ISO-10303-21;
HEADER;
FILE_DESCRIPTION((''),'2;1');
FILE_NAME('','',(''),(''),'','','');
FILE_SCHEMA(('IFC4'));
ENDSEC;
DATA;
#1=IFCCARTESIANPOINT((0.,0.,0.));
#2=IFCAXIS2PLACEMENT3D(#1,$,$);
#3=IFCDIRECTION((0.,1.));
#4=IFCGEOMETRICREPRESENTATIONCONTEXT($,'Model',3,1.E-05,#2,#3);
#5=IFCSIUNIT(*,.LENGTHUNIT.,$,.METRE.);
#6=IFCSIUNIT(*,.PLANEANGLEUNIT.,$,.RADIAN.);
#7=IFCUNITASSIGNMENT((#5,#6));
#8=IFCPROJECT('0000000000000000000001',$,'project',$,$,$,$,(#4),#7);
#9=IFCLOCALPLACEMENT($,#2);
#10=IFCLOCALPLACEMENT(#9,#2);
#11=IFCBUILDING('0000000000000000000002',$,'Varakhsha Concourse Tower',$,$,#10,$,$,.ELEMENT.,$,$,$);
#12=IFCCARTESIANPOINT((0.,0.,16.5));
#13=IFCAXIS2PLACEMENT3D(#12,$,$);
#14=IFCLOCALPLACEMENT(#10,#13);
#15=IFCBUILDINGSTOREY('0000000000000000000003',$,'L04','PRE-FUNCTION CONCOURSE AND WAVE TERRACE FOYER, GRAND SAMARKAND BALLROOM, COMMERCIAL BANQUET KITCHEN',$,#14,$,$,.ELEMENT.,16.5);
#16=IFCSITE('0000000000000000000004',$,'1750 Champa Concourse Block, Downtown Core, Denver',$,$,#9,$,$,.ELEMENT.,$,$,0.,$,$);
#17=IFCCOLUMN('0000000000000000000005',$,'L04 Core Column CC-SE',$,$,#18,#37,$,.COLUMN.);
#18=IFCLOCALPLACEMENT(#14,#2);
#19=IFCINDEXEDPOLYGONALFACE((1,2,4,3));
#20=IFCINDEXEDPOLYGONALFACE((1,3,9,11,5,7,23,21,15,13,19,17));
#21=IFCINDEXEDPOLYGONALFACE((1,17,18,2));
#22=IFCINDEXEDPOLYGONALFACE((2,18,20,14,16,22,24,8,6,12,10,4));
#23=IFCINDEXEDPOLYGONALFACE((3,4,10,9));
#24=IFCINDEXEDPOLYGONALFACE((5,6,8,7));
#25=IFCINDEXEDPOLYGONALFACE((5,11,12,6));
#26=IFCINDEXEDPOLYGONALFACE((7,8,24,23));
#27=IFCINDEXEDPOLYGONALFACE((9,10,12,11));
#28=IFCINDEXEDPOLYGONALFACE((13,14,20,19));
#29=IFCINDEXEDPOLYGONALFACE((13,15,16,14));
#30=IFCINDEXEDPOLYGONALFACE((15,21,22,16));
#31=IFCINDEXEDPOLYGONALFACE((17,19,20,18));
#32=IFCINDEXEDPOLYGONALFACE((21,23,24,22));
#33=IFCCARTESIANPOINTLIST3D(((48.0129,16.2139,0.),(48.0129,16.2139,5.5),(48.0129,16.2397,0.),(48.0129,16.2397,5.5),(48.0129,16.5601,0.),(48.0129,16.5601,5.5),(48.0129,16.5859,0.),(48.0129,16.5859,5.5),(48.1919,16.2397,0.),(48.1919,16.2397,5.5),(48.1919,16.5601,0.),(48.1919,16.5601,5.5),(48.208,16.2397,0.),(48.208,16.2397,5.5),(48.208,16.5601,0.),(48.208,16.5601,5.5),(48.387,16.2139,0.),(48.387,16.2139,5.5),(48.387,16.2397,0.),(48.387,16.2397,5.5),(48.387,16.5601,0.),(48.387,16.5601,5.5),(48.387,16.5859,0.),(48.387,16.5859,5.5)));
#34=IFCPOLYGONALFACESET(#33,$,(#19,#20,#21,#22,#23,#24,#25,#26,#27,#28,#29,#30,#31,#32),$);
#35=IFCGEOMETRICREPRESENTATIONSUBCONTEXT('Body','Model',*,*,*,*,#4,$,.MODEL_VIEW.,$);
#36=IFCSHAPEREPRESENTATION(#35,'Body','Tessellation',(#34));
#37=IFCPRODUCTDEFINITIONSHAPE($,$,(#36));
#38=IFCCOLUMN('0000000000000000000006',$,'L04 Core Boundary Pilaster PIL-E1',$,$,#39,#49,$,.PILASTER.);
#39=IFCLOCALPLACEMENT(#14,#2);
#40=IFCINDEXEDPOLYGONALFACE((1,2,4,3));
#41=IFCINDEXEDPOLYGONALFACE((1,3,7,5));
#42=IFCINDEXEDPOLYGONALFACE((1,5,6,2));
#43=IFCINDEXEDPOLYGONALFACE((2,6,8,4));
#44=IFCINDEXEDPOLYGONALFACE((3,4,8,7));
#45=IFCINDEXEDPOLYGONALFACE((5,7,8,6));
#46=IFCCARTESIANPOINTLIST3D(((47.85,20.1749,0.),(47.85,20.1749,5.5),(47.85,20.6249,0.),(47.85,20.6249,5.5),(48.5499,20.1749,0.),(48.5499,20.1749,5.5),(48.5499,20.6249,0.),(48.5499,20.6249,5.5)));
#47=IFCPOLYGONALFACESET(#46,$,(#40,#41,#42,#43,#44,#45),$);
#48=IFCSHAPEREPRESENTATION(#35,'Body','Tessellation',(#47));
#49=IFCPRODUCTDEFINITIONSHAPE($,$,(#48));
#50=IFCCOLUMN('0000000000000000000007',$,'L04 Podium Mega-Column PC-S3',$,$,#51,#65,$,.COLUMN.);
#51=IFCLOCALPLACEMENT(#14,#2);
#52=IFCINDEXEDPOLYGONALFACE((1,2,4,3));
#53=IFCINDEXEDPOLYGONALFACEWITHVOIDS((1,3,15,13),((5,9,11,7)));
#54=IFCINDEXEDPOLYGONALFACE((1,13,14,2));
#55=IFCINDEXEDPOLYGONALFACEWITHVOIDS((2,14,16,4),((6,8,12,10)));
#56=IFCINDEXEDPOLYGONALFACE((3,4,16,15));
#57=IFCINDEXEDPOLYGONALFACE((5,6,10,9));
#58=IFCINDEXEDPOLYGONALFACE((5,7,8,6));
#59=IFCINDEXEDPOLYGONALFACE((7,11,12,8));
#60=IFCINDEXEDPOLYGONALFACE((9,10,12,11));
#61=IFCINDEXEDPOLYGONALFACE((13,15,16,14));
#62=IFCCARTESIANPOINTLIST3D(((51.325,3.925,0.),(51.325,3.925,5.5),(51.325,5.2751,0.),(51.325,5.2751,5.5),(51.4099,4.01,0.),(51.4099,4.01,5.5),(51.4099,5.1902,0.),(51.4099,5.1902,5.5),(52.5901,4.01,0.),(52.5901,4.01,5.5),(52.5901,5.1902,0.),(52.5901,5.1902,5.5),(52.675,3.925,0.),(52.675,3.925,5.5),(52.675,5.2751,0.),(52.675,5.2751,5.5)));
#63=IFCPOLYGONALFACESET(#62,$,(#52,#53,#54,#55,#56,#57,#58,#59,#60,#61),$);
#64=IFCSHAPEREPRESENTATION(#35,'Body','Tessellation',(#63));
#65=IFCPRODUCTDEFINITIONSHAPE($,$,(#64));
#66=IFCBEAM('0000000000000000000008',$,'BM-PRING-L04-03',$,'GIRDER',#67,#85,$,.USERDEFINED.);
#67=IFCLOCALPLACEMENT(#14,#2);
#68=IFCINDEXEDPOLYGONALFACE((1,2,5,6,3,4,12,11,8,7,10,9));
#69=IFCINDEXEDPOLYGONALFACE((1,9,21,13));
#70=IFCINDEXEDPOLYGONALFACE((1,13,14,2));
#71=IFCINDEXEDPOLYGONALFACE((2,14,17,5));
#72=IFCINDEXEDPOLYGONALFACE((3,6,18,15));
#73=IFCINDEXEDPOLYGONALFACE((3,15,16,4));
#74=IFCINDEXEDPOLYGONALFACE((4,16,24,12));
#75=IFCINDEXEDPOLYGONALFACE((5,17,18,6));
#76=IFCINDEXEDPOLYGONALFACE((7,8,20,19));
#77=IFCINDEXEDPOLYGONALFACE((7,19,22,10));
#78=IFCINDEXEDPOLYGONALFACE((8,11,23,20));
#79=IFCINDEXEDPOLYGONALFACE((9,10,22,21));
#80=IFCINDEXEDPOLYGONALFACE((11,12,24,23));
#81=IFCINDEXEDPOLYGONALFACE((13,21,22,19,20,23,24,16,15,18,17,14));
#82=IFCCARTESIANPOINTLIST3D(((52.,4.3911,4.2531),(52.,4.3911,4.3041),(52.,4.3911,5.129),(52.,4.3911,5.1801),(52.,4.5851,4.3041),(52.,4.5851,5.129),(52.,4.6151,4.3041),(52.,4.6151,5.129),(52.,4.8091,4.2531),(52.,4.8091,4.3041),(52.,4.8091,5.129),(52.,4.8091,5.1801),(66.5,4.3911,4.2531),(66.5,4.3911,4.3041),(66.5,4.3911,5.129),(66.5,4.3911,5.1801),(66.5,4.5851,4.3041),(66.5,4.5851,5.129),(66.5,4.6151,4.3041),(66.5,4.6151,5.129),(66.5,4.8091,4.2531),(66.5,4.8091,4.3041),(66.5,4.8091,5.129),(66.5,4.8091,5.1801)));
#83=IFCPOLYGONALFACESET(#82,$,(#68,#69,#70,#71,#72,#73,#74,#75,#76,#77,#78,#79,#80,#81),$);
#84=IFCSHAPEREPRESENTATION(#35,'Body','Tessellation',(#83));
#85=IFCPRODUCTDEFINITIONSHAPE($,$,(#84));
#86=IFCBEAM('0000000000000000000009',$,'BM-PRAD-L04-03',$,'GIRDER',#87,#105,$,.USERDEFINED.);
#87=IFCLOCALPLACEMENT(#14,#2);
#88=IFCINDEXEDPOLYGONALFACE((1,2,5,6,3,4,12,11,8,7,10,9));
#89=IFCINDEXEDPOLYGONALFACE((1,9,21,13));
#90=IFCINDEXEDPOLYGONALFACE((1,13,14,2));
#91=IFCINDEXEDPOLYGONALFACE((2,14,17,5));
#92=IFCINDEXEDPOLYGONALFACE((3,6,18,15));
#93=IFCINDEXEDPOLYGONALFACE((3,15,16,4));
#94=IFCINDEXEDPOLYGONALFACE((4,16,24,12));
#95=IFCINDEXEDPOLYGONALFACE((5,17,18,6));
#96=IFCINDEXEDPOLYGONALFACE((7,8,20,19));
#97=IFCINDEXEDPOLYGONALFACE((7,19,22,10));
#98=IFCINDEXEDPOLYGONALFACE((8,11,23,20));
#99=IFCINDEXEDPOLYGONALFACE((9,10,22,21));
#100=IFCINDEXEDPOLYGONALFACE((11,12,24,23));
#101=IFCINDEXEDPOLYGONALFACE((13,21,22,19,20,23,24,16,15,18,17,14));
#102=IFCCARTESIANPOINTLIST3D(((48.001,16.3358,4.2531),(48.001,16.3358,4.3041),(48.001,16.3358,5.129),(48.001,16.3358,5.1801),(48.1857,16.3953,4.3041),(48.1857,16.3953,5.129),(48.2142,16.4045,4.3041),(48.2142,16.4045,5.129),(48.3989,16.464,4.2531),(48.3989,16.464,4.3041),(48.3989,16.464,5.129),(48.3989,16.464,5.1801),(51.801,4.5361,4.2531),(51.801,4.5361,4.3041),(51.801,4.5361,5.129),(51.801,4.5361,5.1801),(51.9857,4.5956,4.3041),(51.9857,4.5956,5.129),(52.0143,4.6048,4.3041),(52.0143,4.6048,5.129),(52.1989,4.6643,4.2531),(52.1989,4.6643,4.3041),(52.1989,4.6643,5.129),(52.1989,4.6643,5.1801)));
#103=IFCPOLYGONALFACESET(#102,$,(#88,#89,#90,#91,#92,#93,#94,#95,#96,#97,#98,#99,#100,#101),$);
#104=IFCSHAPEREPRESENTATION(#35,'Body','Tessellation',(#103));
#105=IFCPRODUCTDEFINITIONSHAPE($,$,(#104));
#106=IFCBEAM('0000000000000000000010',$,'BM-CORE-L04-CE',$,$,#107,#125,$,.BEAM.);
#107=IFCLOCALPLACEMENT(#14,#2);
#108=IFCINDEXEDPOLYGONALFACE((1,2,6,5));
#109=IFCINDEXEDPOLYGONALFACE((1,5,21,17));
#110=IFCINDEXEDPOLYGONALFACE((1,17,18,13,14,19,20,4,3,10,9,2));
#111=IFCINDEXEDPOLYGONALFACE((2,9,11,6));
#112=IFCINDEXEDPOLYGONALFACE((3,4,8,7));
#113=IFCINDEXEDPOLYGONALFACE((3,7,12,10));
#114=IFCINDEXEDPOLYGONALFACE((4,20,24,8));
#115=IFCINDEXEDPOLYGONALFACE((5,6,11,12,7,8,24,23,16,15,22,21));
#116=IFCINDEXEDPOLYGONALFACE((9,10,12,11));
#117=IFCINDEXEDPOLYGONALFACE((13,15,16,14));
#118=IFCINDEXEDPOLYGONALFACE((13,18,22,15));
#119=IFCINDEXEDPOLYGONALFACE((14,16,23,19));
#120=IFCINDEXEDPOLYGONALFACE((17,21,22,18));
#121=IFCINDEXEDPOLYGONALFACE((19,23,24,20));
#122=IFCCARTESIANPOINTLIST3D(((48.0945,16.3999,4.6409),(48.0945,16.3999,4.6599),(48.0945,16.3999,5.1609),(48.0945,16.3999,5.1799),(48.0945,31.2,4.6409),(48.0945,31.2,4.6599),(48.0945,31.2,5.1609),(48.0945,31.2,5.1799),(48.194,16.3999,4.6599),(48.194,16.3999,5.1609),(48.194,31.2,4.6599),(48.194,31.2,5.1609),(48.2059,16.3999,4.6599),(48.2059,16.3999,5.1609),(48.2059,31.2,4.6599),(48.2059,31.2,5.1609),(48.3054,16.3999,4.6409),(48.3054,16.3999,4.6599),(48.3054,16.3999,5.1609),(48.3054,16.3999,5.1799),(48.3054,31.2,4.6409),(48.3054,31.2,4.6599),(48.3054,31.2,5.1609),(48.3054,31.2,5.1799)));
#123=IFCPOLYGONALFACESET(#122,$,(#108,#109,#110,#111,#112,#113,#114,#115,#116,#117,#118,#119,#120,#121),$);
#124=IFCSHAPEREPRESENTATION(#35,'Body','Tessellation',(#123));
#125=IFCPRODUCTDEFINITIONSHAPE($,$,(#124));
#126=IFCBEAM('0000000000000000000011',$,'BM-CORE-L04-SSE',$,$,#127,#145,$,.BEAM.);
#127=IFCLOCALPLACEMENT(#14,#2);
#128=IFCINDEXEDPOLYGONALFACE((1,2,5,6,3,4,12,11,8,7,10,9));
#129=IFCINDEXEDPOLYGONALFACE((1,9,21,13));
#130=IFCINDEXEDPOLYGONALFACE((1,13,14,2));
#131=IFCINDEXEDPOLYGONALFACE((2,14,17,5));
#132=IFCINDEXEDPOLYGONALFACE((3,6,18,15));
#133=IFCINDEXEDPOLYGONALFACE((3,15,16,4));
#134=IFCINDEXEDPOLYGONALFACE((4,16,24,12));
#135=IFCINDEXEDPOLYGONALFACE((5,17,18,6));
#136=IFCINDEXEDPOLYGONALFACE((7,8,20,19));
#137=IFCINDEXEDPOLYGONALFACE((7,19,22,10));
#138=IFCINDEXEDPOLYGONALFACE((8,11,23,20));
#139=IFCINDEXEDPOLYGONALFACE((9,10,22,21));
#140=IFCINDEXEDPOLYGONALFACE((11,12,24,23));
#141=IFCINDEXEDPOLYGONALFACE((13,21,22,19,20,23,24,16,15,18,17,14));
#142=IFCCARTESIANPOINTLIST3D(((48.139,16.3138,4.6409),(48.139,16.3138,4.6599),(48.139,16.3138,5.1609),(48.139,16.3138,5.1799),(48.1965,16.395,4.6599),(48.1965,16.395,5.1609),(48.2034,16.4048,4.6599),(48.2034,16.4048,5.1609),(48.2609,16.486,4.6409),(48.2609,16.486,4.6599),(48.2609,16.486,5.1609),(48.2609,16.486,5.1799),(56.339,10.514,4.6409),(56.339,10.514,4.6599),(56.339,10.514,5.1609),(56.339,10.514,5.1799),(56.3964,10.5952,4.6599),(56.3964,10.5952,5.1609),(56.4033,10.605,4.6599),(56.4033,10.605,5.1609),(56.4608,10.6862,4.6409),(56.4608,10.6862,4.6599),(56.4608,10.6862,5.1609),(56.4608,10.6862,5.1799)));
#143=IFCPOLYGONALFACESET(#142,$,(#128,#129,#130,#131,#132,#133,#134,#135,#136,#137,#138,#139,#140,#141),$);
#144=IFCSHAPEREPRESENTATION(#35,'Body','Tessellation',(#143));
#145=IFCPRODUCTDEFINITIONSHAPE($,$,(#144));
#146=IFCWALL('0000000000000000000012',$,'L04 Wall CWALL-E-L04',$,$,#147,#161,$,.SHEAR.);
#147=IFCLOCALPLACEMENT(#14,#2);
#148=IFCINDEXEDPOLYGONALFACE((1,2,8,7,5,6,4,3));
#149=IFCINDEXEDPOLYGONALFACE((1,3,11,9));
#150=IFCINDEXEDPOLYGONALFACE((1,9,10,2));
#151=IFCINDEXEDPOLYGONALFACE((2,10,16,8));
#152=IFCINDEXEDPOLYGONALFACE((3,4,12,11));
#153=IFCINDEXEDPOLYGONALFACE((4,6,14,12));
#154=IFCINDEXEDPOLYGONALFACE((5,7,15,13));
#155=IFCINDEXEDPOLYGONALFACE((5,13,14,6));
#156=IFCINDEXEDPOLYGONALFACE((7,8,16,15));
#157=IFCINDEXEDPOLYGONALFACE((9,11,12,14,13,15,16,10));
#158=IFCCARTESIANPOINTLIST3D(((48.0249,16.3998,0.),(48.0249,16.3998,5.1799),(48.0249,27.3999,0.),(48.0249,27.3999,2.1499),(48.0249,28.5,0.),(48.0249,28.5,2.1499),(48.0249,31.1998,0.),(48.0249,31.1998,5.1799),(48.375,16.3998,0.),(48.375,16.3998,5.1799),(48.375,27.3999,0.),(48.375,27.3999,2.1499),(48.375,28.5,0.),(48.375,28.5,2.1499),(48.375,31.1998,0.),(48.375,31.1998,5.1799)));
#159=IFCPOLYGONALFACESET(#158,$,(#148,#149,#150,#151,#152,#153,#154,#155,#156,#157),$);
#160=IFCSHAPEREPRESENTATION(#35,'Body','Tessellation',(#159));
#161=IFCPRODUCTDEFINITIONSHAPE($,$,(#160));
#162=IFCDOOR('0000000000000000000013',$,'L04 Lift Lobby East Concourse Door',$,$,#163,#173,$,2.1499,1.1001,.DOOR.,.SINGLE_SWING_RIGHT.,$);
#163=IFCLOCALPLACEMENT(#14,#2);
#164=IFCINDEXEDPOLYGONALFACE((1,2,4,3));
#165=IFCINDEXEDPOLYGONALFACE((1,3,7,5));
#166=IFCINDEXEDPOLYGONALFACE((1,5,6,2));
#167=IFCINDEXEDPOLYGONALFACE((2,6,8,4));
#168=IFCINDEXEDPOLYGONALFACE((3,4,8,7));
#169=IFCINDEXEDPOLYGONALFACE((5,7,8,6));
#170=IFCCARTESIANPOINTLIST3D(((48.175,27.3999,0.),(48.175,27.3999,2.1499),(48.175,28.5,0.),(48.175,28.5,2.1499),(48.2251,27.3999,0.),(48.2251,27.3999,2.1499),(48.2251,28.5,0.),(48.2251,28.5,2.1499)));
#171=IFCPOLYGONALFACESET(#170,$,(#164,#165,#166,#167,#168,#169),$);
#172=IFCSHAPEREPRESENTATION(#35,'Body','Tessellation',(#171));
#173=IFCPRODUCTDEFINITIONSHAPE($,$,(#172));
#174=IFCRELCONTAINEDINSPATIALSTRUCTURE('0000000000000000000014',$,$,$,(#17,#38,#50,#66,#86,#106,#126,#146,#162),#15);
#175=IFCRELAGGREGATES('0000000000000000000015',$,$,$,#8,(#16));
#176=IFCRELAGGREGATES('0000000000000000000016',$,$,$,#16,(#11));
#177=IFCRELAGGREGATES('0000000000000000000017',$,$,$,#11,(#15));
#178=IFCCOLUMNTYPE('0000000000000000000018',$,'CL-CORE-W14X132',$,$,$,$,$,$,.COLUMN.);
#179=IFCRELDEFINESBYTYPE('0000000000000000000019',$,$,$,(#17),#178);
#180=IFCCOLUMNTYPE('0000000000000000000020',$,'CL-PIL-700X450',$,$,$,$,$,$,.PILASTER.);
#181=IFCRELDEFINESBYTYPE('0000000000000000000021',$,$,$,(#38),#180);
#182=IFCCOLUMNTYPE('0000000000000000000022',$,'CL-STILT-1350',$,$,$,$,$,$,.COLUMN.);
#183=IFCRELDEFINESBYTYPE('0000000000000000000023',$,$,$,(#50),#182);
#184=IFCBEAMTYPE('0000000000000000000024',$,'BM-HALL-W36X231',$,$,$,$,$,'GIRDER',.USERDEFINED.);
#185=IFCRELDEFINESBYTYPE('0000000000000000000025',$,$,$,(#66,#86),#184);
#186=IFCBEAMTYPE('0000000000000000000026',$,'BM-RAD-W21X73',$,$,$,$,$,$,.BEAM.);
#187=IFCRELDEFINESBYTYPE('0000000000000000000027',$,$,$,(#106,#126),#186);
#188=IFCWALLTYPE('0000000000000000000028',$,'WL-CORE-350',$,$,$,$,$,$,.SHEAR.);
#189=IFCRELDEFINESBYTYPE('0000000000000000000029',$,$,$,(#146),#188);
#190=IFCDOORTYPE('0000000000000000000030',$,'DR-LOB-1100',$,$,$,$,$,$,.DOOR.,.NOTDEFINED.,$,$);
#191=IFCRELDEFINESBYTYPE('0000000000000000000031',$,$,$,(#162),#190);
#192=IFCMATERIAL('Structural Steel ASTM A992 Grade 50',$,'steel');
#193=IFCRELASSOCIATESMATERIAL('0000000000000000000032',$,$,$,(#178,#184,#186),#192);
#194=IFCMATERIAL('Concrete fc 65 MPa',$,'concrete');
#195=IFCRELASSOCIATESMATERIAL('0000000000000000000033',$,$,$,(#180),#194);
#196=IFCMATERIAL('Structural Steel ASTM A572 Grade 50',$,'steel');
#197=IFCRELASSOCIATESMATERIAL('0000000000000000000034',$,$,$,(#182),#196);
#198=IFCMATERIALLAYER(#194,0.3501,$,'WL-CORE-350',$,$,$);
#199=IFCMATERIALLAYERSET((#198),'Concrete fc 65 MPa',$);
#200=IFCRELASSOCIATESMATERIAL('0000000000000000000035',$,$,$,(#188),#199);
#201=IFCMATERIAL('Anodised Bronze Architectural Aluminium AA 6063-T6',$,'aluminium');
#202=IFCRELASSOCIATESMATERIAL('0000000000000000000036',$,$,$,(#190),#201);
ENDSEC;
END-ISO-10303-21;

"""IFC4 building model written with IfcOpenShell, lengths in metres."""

from ifc_helpers import new_model, si_unit, direction, frame, frame_2d, origin, origin_2d, place, context, subcontext, project, spatial, rectangle, hollow_rectangle, i_section, extrude, material, layer, layer_set, material_profile, profile_set, type_object, element, fill, save


model = new_model("IFC4")

# Units and contexts
model_context = context("Model", 3, precision=1e-05, world=origin(), true_north=direction((0.0, 1.0)))
body_context = subcontext(model_context, "Body", "Model", "MODEL_VIEW")
ifc_project = project(units=[si_unit("LENGTHUNIT", "METRE"), si_unit("PLANEANGLEUNIT", "RADIAN")], contexts=[model_context])

# Site, building, storey
site_placement = place(None, origin())
site = spatial("IfcSite", under=ifc_project, at=site_placement, Name="1750 Champa Concourse Block, Downtown Core, Denver", CompositionType="ELEMENT", RefElevation=0.0)
building_placement = place(site_placement, origin())
building = spatial("IfcBuilding", under=site, at=building_placement, Name="Varakhsha Concourse Tower", CompositionType="ELEMENT")
storey_placement = place(building_placement, frame((0.0, 0.0, 16.5)))
storey = spatial("IfcBuildingStorey", under=building, at=storey_placement, Name="L04", Description="PRE-FUNCTION CONCOURSE AND WAVE TERRACE FOYER, GRAND SAMARKAND BALLROOM, COMMERCIAL BANQUET KITCHEN", CompositionType="ELEMENT", Elevation=16.5)

# Columns
ifc_material_1 = material(Name="Structural Steel ASTM A992 Grade 50", Category="steel")
ifc_material_profile_1 = material_profile(ifc_material_1, i_section(OverallWidth=0.374, OverallDepth=0.3721, WebThickness=0.0161, FlangeThickness=0.0259, at=origin_2d()), Name="W14X132")
ifc_profile_set_1 = profile_set([ifc_material_profile_1], Name="Structural Steel ASTM A992 Grade 50")
column_type_1 = type_object("IfcColumnType", Name="CL-CORE-W14X132", PredefinedType="COLUMN", material=ifc_profile_set_1)
column_1_placement = place(storey_placement, frame((48.2, 16.3999, 0.0), z_axis=(0.0, 0.0, 1.0), x_axis=(1.0, 0.0, 0.0)))
element("IfcColumn", 1, at=column_1_placement, inside=storey, type_object=column_type_1, Name="L04 Core Column CC-SE", PredefinedType="COLUMN", context=body_context, shape_type="SweptSolid", body=[
    extrude(i_section(OverallWidth=0.374, OverallDepth=0.3721, WebThickness=0.0161, FlangeThickness=0.0259, at=origin_2d()), origin(), (0.0, 0.0, 1.0), 5.5),
])
ifc_material_2 = material(Name="Concrete fc 65 MPa", Category="concrete")
ifc_material_profile_2 = material_profile(ifc_material_2, rectangle(XDim=0.7, YDim=0.45, at=origin_2d()), Name="RC 700x450")
ifc_profile_set_2 = profile_set([ifc_material_profile_2], Name="Concrete fc 65 MPa")
column_type_2 = type_object("IfcColumnType", Name="CL-PIL-700X450", PredefinedType="PILASTER", material=ifc_profile_set_2)
column_2_placement = place(storey_placement, frame((48.2, 20.3999, 0.0), z_axis=(0.0, 0.0, 1.0), x_axis=(1.0, 0.0, 0.0)))
element("IfcColumn", 2, at=column_2_placement, inside=storey, type_object=column_type_2, Name="L04 Core Boundary Pilaster PIL-E1", PredefinedType="PILASTER", context=body_context, shape_type="SweptSolid", body=[
    extrude(rectangle(XDim=0.7, YDim=0.45, at=origin_2d()), origin(), (0.0, 0.0, 1.0), 5.5),
])
ifc_material_3 = material(Name="Structural Steel ASTM A572 Grade 50", Category="steel")
ifc_material_profile_3 = material_profile(ifc_material_3, hollow_rectangle(XDim=1.3501, YDim=1.3501, WallThickness=0.085, at=origin_2d()), Name="BOX 1350x1350x85")
ifc_profile_set_3 = profile_set([ifc_material_profile_3], Name="Structural Steel ASTM A572 Grade 50")
column_type_3 = type_object("IfcColumnType", Name="CL-STILT-1350", PredefinedType="COLUMN", material=ifc_profile_set_3)
column_3_placement = place(storey_placement, frame((52.0, 4.6001, 0.0), z_axis=(0.0, 0.0, 1.0), x_axis=(1.0, 0.0, 0.0)))
element("IfcColumn", 3, at=column_3_placement, inside=storey, type_object=column_type_3, Name="L04 Podium Mega-Column PC-S3", PredefinedType="COLUMN", context=body_context, shape_type="SweptSolid", body=[
    extrude(hollow_rectangle(XDim=1.3501, YDim=1.3501, WallThickness=0.085, at=origin_2d()), origin(), (0.0, 0.0, 1.0), 5.5),
])

# Beams
ifc_material_profile_4 = material_profile(ifc_material_1, i_section(OverallWidth=0.418, OverallDepth=0.927, WebThickness=0.03, FlangeThickness=0.051, at=origin_2d()), Name="W36X231")
ifc_profile_set_4 = profile_set([ifc_material_profile_4], Name="Structural Steel ASTM A992 Grade 50")
beam_type_1 = type_object("IfcBeamType", Name="BM-HALL-W36X231", ElementType="GIRDER", PredefinedType="USERDEFINED", material=ifc_profile_set_4)
beam_1_placement = place(storey_placement, frame((52.0, 4.6001, 4.7166), z_axis=(1.0, 0.0, 0.0), x_axis=(0.0, 1.0, 0.0)))
element("IfcBeam", 4, at=beam_1_placement, inside=storey, type_object=beam_type_1, Name="BM-PRING-L04-03", ObjectType="GIRDER", PredefinedType="USERDEFINED", context=body_context, shape_type="SweptSolid", body=[
    extrude(i_section(OverallWidth=0.418, OverallDepth=0.927, WebThickness=0.03, FlangeThickness=0.051, at=origin_2d()), origin(), (0.0, 0.0, 1.0), 14.5),
])
beam_2_placement = place(storey_placement, frame((48.2, 16.3999, 4.7166), z_axis=(0.30654, -0.951858, 0.0), x_axis=(0.951858, 0.30654, 0.0)))
element("IfcBeam", 5, at=beam_2_placement, inside=storey, type_object=beam_type_1, Name="BM-PRAD-L04-03", ObjectType="GIRDER", PredefinedType="USERDEFINED", context=body_context, shape_type="SweptSolid", body=[
    extrude(i_section(OverallWidth=0.418, OverallDepth=0.927, WebThickness=0.03, FlangeThickness=0.051, at=origin_2d()), origin(), (0.0, 0.0, 1.0), 12.3965),
])
ifc_material_profile_5 = material_profile(ifc_material_1, i_section(OverallWidth=0.2109, OverallDepth=0.5391, WebThickness=0.012, FlangeThickness=0.019, at=origin_2d()), Name="W21X73")
ifc_profile_set_5 = profile_set([ifc_material_profile_5], Name="Structural Steel ASTM A992 Grade 50")
beam_type_2 = type_object("IfcBeamType", Name="BM-RAD-W21X73", PredefinedType="BEAM", material=ifc_profile_set_5)
beam_3_placement = place(storey_placement, frame((48.2, 16.3999, 4.9104), z_axis=(0.0, 1.0, 0.0), x_axis=(-1.0, 0.0, 0.0)))
element("IfcBeam", 6, at=beam_3_placement, inside=storey, type_object=beam_type_2, Name="BM-CORE-L04-CE", PredefinedType="BEAM", context=body_context, shape_type="SweptSolid", body=[
    extrude(i_section(OverallWidth=0.2109, OverallDepth=0.5391, WebThickness=0.012, FlangeThickness=0.019, at=origin_2d()), origin(), (0.0, 0.0, 1.0), 14.8),
])
beam_4_placement = place(storey_placement, frame((48.2, 16.3999, 4.9104), z_axis=(0.816423, -0.577454, 0.0), x_axis=(0.577454, 0.816423, 0.0)))
element("IfcBeam", 7, at=beam_4_placement, inside=storey, type_object=beam_type_2, Name="BM-CORE-L04-SSE", PredefinedType="BEAM", context=body_context, shape_type="SweptSolid", body=[
    extrude(i_section(OverallWidth=0.2109, OverallDepth=0.5391, WebThickness=0.012, FlangeThickness=0.019, at=origin_2d()), origin(), (0.0, 0.0, 1.0), 10.0437),
])

# Wall, opening, door
ifc_layer_1 = layer(ifc_material_2, 0.3501, Name="WL-CORE-350")
ifc_layer_set_1 = layer_set([ifc_layer_1], Name="Concrete fc 65 MPa")
wall_type_1 = type_object("IfcWallType", Name="WL-CORE-350", PredefinedType="SHEAR", material=ifc_layer_set_1)
wall_1_placement = place(storey_placement, frame((48.2, 16.3999, 0.0), z_axis=(0.0, 0.0, 1.0), x_axis=(0.0, 1.0, 0.0)))
wall_1 = element("IfcWall", 8, at=wall_1_placement, inside=storey, type_object=wall_type_1, Name="L04 Wall CWALL-E-L04", PredefinedType="SHEAR", context=body_context, shape_type="SweptSolid", body=[
    extrude(rectangle(XDim=14.8, YDim=0.3501, at=frame_2d((7.3999, 0.0))), origin(), (0.0, 0.0, 1.0), 5.1799),
])
opening_1_placement = place(wall_1_placement, frame((11.0, 0.0, 0.0)))
opening_1 = element("IfcOpeningElement", 9, at=opening_1_placement, cuts=wall_1, PredefinedType="OPENING", context=body_context, shape_type="SweptSolid", body=[
    extrude(rectangle(XDim=1.1001, YDim=2.1499, at=frame_2d((0.55, 1.075))), frame((0.0, 0.1851, 0.0), z_axis=(0.0, -1.0, 0.0), x_axis=(1.0, 0.0, 0.0)), (0.0, 0.0, 1.0), 0.3701),
])
ifc_material_4 = material(Name="Anodised Bronze Architectural Aluminium AA 6063-T6", Category="aluminium")
door_type_1 = type_object("IfcDoorType", Name="DR-LOB-1100", OperationType="NOTDEFINED", PredefinedType="DOOR", material=ifc_material_4)
door_1_placement = place(opening_1_placement, origin())
door_1 = element("IfcDoor", 10, at=door_1_placement, inside=storey, type_object=door_type_1, Name="L04 Lift Lobby East Concourse Door", OperationType="SINGLE_SWING_RIGHT", OverallHeight=2.1499, OverallWidth=1.1001, PredefinedType="DOOR", context=body_context, shape_type="SweptSolid", body=[
    extrude(rectangle(XDim=1.1001, YDim=2.1499, at=frame_2d((0.55, 1.075))), frame((0.0, 0.0249, 0.0), z_axis=(0.0, -1.0, 0.0), x_axis=(1.0, 0.0, 0.0)), (0.0, 0.0, 1.0), 0.05),
])
fill(opening_1, door_1)

save(model, "model.ifc")
